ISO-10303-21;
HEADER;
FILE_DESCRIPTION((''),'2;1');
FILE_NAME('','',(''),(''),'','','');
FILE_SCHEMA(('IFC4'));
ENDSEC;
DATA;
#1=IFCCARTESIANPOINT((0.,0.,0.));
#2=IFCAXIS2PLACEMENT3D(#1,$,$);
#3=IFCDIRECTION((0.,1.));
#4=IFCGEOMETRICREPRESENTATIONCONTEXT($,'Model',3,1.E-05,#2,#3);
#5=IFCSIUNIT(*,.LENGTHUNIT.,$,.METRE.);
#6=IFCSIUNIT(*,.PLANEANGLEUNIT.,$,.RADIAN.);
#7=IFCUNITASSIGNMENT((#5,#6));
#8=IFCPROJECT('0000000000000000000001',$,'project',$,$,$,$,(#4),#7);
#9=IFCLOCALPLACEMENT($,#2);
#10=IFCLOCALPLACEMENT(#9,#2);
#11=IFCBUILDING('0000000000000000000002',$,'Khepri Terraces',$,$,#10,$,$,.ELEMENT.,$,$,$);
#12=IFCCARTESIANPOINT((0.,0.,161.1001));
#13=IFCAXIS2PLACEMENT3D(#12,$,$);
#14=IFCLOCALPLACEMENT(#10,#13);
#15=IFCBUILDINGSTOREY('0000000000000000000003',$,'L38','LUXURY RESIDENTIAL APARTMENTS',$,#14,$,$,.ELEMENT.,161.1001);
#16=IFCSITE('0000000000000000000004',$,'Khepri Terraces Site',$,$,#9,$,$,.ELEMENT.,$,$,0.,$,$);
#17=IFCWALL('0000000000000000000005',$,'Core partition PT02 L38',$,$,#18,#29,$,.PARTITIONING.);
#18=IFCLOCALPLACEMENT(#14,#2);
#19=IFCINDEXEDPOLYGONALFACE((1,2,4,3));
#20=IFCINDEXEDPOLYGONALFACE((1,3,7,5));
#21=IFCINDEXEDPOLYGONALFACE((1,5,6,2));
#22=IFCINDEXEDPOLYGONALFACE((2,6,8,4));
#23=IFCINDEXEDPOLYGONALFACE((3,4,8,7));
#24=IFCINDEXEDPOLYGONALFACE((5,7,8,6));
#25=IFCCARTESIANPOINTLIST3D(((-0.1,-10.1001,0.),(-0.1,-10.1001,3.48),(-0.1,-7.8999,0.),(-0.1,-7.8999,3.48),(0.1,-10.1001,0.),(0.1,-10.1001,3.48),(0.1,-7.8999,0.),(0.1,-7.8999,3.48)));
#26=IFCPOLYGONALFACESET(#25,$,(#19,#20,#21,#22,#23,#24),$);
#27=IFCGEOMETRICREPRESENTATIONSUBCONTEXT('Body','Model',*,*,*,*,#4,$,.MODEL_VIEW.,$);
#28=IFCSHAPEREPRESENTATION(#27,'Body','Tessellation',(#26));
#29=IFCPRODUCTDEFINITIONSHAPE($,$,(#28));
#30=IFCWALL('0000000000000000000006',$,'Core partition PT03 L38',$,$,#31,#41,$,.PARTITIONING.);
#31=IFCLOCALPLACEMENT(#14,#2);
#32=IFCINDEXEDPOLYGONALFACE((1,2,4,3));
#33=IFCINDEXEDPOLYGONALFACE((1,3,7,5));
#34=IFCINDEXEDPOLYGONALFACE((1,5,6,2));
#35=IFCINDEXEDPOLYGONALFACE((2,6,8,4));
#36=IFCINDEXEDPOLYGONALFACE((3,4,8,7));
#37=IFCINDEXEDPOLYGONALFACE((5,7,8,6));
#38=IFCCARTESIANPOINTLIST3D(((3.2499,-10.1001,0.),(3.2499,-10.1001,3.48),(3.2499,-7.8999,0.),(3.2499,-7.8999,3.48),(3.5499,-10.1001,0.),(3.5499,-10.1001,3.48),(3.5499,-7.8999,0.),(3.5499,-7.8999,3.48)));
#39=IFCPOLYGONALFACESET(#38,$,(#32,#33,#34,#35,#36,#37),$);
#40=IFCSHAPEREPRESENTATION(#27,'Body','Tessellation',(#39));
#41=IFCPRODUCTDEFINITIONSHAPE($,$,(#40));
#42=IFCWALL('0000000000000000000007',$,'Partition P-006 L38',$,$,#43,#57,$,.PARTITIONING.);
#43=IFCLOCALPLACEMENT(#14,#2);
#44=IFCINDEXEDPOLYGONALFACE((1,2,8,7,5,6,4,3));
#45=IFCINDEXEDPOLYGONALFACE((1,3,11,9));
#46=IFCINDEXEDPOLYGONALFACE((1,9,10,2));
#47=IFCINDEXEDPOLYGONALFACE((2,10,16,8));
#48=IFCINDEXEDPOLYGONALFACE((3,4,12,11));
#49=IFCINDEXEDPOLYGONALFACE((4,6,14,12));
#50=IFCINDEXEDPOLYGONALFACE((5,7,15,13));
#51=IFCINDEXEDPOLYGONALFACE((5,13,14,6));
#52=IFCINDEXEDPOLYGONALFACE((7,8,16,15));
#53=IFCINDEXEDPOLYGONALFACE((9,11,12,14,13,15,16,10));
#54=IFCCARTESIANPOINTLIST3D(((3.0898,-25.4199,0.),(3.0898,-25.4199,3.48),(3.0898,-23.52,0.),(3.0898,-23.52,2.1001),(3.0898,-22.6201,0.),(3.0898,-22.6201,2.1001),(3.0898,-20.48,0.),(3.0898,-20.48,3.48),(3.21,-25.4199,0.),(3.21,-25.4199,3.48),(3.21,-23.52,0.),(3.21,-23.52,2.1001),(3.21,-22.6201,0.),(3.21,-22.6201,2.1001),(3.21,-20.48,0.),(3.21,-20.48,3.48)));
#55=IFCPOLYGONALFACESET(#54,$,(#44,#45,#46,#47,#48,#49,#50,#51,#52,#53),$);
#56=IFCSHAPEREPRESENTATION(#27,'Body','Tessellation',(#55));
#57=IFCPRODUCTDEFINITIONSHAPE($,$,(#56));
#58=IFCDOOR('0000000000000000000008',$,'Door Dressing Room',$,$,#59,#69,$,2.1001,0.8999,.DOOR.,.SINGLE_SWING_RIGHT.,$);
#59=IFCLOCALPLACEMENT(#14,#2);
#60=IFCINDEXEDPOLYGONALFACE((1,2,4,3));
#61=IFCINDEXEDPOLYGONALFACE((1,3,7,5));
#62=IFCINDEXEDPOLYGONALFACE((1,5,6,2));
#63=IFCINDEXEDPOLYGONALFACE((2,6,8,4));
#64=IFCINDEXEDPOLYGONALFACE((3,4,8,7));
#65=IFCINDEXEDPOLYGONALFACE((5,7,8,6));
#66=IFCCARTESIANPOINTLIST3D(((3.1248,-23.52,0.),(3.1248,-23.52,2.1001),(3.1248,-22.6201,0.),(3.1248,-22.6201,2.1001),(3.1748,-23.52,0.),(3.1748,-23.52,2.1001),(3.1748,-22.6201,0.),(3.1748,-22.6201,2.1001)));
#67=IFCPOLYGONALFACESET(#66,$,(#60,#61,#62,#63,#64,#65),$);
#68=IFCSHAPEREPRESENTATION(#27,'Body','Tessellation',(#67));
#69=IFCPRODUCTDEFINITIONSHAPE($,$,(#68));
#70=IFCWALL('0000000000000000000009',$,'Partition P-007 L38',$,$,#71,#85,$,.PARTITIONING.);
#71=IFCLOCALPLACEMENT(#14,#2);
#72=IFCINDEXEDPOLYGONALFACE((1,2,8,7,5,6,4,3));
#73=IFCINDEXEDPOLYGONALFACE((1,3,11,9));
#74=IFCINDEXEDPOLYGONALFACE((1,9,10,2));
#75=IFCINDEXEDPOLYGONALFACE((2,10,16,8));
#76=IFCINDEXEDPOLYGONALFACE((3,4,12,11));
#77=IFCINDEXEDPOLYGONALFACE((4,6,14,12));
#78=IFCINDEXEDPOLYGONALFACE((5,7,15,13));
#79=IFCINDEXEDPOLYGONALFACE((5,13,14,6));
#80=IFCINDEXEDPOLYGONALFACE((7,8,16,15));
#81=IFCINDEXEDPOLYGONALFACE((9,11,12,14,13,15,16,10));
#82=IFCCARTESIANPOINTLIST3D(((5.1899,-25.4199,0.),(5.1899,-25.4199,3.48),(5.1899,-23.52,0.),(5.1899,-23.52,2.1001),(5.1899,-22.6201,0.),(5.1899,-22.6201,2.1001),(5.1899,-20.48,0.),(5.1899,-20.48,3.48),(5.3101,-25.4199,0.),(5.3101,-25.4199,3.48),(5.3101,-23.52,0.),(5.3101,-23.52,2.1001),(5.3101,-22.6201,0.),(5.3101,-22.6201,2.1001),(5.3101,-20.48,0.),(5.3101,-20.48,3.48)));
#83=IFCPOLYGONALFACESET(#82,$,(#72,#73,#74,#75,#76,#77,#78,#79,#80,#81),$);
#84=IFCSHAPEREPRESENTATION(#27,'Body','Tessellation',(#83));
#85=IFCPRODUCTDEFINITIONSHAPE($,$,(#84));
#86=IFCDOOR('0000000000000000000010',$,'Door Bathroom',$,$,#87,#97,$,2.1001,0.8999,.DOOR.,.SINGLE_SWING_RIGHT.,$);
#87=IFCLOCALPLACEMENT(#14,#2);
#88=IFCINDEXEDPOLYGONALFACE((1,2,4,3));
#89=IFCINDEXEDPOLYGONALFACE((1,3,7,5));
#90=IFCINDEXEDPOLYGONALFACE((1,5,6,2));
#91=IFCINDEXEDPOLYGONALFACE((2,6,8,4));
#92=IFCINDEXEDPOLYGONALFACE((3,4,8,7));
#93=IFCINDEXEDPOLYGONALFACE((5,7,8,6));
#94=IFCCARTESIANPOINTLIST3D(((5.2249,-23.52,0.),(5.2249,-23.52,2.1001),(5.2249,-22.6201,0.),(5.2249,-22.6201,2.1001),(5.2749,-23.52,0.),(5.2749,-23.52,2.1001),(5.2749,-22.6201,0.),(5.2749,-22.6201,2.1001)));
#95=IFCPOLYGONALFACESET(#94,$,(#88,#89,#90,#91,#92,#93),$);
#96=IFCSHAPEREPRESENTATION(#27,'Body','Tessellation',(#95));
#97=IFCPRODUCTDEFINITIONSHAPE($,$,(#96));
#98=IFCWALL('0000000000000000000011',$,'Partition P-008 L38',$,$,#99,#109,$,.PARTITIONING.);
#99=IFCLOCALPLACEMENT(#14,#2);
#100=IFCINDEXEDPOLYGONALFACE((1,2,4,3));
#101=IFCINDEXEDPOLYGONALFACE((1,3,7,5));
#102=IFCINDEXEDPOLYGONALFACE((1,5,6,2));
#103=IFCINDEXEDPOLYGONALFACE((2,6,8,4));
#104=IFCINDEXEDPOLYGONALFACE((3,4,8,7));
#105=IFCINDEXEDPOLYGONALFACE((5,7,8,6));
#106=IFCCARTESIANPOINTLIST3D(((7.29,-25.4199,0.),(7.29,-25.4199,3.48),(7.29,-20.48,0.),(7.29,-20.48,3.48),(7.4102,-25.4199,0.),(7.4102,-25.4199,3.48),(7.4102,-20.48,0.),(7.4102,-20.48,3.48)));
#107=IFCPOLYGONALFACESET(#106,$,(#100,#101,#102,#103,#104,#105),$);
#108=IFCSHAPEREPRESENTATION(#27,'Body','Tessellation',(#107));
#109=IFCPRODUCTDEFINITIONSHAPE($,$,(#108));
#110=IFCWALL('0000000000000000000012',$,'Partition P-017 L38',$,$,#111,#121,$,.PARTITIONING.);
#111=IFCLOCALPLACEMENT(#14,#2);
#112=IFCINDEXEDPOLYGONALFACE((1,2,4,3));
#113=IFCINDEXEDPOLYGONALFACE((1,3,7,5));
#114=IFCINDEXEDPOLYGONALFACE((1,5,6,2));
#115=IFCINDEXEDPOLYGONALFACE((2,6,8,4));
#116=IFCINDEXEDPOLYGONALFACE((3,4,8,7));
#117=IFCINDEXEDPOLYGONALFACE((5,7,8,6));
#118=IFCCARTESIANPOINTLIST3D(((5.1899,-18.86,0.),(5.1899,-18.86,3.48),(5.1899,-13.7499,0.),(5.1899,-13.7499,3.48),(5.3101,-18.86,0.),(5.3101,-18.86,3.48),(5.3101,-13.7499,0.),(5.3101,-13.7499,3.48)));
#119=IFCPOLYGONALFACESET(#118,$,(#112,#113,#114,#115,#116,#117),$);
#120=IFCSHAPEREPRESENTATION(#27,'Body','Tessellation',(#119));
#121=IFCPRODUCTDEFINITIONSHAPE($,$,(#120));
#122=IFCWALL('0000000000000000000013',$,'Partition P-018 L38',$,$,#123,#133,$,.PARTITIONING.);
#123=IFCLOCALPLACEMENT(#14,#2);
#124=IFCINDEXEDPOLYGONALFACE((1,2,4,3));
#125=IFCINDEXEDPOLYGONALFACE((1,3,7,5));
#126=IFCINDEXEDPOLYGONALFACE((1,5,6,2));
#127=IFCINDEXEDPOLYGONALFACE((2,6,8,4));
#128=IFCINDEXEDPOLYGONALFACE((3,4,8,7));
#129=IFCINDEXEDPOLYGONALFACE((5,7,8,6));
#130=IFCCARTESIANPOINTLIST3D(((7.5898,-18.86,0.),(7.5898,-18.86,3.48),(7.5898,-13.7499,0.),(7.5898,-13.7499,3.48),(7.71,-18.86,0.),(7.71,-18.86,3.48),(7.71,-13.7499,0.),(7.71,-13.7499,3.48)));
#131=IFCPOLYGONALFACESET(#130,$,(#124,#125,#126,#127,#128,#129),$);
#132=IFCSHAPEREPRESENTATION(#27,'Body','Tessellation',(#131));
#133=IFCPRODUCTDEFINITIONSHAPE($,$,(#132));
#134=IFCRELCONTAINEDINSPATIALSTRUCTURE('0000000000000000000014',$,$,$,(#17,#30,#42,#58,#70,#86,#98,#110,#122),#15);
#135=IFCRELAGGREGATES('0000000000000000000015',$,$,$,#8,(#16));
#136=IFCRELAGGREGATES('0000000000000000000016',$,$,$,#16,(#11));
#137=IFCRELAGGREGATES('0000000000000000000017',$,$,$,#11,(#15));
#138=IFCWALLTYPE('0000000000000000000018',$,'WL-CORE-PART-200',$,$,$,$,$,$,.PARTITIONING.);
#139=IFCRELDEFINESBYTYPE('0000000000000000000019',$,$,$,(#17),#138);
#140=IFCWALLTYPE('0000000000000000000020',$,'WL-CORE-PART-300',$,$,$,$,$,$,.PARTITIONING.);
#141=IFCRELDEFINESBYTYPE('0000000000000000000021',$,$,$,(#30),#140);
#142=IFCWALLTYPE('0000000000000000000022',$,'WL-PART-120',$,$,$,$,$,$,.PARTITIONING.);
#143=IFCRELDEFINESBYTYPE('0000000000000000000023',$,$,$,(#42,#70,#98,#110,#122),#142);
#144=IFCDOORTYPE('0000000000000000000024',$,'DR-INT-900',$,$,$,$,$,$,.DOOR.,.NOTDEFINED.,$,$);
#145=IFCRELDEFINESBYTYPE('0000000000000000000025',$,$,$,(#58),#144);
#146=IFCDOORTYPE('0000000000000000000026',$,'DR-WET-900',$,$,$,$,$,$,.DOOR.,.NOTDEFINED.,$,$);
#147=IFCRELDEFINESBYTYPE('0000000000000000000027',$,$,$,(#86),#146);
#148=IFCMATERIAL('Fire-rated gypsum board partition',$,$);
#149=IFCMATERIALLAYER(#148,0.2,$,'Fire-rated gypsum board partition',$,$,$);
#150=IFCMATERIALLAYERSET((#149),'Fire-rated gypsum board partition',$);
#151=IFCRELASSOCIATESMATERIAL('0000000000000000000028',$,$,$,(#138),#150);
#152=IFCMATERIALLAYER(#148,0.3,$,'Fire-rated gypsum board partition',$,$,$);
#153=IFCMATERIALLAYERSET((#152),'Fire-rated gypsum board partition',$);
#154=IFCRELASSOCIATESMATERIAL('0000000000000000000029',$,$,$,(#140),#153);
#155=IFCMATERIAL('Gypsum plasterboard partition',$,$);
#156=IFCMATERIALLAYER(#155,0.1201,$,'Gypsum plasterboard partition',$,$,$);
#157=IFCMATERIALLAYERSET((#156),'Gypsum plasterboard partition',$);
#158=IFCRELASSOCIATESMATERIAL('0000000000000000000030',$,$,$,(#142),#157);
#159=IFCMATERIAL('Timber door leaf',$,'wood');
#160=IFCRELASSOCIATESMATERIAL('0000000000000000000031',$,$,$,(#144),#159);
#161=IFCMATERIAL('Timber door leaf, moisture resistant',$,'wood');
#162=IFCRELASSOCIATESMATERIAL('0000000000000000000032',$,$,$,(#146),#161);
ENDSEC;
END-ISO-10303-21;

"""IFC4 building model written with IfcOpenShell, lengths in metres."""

from ifc_helpers import new_model, si_unit, direction, frame, frame_2d, origin, place, context, subcontext, project, spatial, rectangle, extrude, material, layer, layer_set, type_object, element, fill, save


model = new_model("IFC4")

# Units and contexts
model_context = context("Model", 3, precision=1e-05, world=origin(), true_north=direction((0.0, 1.0)))
body_context = subcontext(model_context, "Body", "Model", "MODEL_VIEW")
ifc_project = project(units=[si_unit("LENGTHUNIT", "METRE"), si_unit("PLANEANGLEUNIT", "RADIAN")], contexts=[model_context])

# Site, building, storey
site_placement = place(None, origin())
site = spatial("IfcSite", under=ifc_project, at=site_placement, Name="Khepri Terraces Site", CompositionType="ELEMENT", RefElevation=0.0)
building_placement = place(site_placement, origin())
building = spatial("IfcBuilding", under=site, at=building_placement, Name="Khepri Terraces", CompositionType="ELEMENT")
storey_placement = place(building_placement, frame((0.0, 0.0, 161.1001)))
storey = spatial("IfcBuildingStorey", under=building, at=storey_placement, Name="L38", Description="LUXURY RESIDENTIAL APARTMENTS", CompositionType="ELEMENT", Elevation=161.1001)

# Walls
ifc_material_1 = material(Name="Fire-rated gypsum board partition")
ifc_layer_1 = layer(ifc_material_1, 0.2, Name="Fire-rated gypsum board partition")
ifc_layer_set_1 = layer_set([ifc_layer_1], Name="Fire-rated gypsum board partition")
wall_type_1 = type_object("IfcWallType", Name="WL-CORE-PART-200", PredefinedType="PARTITIONING", material=ifc_layer_set_1)
wall_1_placement = place(storey_placement, frame((0.0, -10.1001, 0.0), z_axis=(0.0, 0.0, 1.0), x_axis=(0.0, 1.0, 0.0)))
element("IfcWall", 1, at=wall_1_placement, inside=storey, type_object=wall_type_1, Name="Core partition PT02 L38", PredefinedType="PARTITIONING", context=body_context, shape_type="SweptSolid", body=[
    extrude(rectangle(XDim=2.2002, YDim=0.2, at=frame_2d((1.1001, 0.0))), origin(), (0.0, 0.0, 1.0), 3.48),
])
ifc_layer_2 = layer(ifc_material_1, 0.3, Name="Fire-rated gypsum board partition")
ifc_layer_set_2 = layer_set([ifc_layer_2], Name="Fire-rated gypsum board partition")
wall_type_2 = type_object("IfcWallType", Name="WL-CORE-PART-300", PredefinedType="PARTITIONING", material=ifc_layer_set_2)
wall_2_placement = place(storey_placement, frame((3.3999, -10.1001, 0.0), z_axis=(0.0, 0.0, 1.0), x_axis=(0.0, 1.0, 0.0)))
element("IfcWall", 2, at=wall_2_placement, inside=storey, type_object=wall_type_2, Name="Core partition PT03 L38", PredefinedType="PARTITIONING", context=body_context, shape_type="SweptSolid", body=[
    extrude(rectangle(XDim=2.2002, YDim=0.3, at=frame_2d((1.1001, 0.0))), origin(), (0.0, 0.0, 1.0), 3.48),
])

# Walls, openings, doors
ifc_material_2 = material(Name="Gypsum plasterboard partition")
ifc_layer_3 = layer(ifc_material_2, 0.1201, Name="Gypsum plasterboard partition")
ifc_layer_set_3 = layer_set([ifc_layer_3], Name="Gypsum plasterboard partition")
wall_type_3 = type_object("IfcWallType", Name="WL-PART-120", PredefinedType="PARTITIONING", material=ifc_layer_set_3)
wall_3_placement = place(storey_placement, frame((3.1499, -25.4199, 0.0), z_axis=(0.0, 0.0, 1.0), x_axis=(0.0, 1.0, 0.0)))
wall_3 = element("IfcWall", 3, at=wall_3_placement, inside=storey, type_object=wall_type_3, Name="Partition P-006 L38", PredefinedType="PARTITIONING", context=body_context, shape_type="SweptSolid", body=[
    extrude(rectangle(XDim=4.9399, YDim=0.1201, at=frame_2d((2.47, 0.0))), origin(), (0.0, 0.0, 1.0), 3.48),
])
opening_1_placement = place(wall_3_placement, frame((1.8999, 0.0, 0.0)))
opening_1 = element("IfcOpeningElement", 4, at=opening_1_placement, cuts=wall_3, PredefinedType="OPENING", context=body_context, shape_type="SweptSolid", body=[
    extrude(rectangle(XDim=0.8999, YDim=2.1001, at=frame_2d((0.45, 1.05))), frame((0.0, 0.0701, 0.0), z_axis=(0.0, -1.0, 0.0), x_axis=(1.0, 0.0, 0.0)), (0.0, 0.0, 1.0), 0.1401),
])
ifc_material_3 = material(Name="Timber door leaf", Category="wood")
door_type_1 = type_object("IfcDoorType", Name="DR-INT-900", OperationType="NOTDEFINED", PredefinedType="DOOR", material=ifc_material_3)
door_1_placement = place(opening_1_placement, frame((0.8999, 0.0, 0.0), z_axis=(0.0, 0.0, 1.0), x_axis=(-1.0, 0.0, 0.0)))
door_1 = element("IfcDoor", 5, at=door_1_placement, inside=storey, type_object=door_type_1, Name="Door Dressing Room", OperationType="SINGLE_SWING_RIGHT", OverallHeight=2.1001, OverallWidth=0.8999, PredefinedType="DOOR", context=body_context, shape_type="SweptSolid", body=[
    extrude(rectangle(XDim=0.8999, YDim=2.1001, at=frame_2d((0.45, 1.05))), frame((0.0, 0.0249, 0.0), z_axis=(0.0, -1.0, 0.0), x_axis=(1.0, 0.0, 0.0)), (0.0, 0.0, 1.0), 0.05),
])
fill(opening_1, door_1)
wall_4_placement = place(storey_placement, frame((5.25, -25.4199, 0.0), z_axis=(0.0, 0.0, 1.0), x_axis=(0.0, 1.0, 0.0)))
wall_4 = element("IfcWall", 6, at=wall_4_placement, inside=storey, type_object=wall_type_3, Name="Partition P-007 L38", PredefinedType="PARTITIONING", context=body_context, shape_type="SweptSolid", body=[
    extrude(rectangle(XDim=4.9399, YDim=0.1201, at=frame_2d((2.47, 0.0))), origin(), (0.0, 0.0, 1.0), 3.48),
])
opening_2_placement = place(wall_4_placement, frame((1.8999, 0.0, 0.0)))
opening_2 = element("IfcOpeningElement", 7, at=opening_2_placement, cuts=wall_4, PredefinedType="OPENING", context=body_context, shape_type="SweptSolid", body=[
    extrude(rectangle(XDim=0.8999, YDim=2.1001, at=frame_2d((0.45, 1.05))), frame((0.0, 0.0701, 0.0), z_axis=(0.0, -1.0, 0.0), x_axis=(1.0, 0.0, 0.0)), (0.0, 0.0, 1.0), 0.1401),
])
ifc_material_4 = material(Name="Timber door leaf, moisture resistant", Category="wood")
door_type_2 = type_object("IfcDoorType", Name="DR-WET-900", OperationType="NOTDEFINED", PredefinedType="DOOR", material=ifc_material_4)
door_2_placement = place(opening_2_placement, frame((0.8999, 0.0, 0.0), z_axis=(0.0, 0.0, 1.0), x_axis=(-1.0, 0.0, 0.0)))
door_2 = element("IfcDoor", 8, at=door_2_placement, inside=storey, type_object=door_type_2, Name="Door Bathroom", OperationType="SINGLE_SWING_RIGHT", OverallHeight=2.1001, OverallWidth=0.8999, PredefinedType="DOOR", context=body_context, shape_type="SweptSolid", body=[
    extrude(rectangle(XDim=0.8999, YDim=2.1001, at=frame_2d((0.45, 1.05))), frame((0.0, 0.0249, 0.0), z_axis=(0.0, -1.0, 0.0), x_axis=(1.0, 0.0, 0.0)), (0.0, 0.0, 1.0), 0.05),
])
fill(opening_2, door_2)

# Walls
wall_5_placement = place(storey_placement, frame((7.3501, -25.4199, 0.0), z_axis=(0.0, 0.0, 1.0), x_axis=(0.0, 1.0, 0.0)))
element("IfcWall", 9, at=wall_5_placement, inside=storey, type_object=wall_type_3, Name="Partition P-008 L38", PredefinedType="PARTITIONING", context=body_context, shape_type="SweptSolid", body=[
    extrude(rectangle(XDim=4.9399, YDim=0.1201, at=frame_2d((2.47, 0.0))), origin(), (0.0, 0.0, 1.0), 3.48),
])
for number, where, z_axis, x_axis, name in (
    (10, (5.25, -18.8601, 0.0), (0.0, 0.0, 1.0), (0.0, 1.0, 0.0), "Partition P-017 L38"),
    (11, (7.6499, -18.8601, 0.0), (0.0, 0.0, 1.0), (0.0, 1.0, 0.0), "Partition P-018 L38"),
):
    element("IfcWall", number, at=place(storey_placement, frame(where, z_axis=z_axis, x_axis=x_axis)), inside=storey, type_object=wall_type_3, Name=name, PredefinedType="PARTITIONING", context=body_context, shape_type="SweptSolid", body=[
        extrude(rectangle(XDim=5.1101, YDim=0.1201, at=frame_2d((2.5552, 0.0))), origin(), (0.0, 0.0, 1.0), 3.48),
    ])

save(model, "model.ifc")
